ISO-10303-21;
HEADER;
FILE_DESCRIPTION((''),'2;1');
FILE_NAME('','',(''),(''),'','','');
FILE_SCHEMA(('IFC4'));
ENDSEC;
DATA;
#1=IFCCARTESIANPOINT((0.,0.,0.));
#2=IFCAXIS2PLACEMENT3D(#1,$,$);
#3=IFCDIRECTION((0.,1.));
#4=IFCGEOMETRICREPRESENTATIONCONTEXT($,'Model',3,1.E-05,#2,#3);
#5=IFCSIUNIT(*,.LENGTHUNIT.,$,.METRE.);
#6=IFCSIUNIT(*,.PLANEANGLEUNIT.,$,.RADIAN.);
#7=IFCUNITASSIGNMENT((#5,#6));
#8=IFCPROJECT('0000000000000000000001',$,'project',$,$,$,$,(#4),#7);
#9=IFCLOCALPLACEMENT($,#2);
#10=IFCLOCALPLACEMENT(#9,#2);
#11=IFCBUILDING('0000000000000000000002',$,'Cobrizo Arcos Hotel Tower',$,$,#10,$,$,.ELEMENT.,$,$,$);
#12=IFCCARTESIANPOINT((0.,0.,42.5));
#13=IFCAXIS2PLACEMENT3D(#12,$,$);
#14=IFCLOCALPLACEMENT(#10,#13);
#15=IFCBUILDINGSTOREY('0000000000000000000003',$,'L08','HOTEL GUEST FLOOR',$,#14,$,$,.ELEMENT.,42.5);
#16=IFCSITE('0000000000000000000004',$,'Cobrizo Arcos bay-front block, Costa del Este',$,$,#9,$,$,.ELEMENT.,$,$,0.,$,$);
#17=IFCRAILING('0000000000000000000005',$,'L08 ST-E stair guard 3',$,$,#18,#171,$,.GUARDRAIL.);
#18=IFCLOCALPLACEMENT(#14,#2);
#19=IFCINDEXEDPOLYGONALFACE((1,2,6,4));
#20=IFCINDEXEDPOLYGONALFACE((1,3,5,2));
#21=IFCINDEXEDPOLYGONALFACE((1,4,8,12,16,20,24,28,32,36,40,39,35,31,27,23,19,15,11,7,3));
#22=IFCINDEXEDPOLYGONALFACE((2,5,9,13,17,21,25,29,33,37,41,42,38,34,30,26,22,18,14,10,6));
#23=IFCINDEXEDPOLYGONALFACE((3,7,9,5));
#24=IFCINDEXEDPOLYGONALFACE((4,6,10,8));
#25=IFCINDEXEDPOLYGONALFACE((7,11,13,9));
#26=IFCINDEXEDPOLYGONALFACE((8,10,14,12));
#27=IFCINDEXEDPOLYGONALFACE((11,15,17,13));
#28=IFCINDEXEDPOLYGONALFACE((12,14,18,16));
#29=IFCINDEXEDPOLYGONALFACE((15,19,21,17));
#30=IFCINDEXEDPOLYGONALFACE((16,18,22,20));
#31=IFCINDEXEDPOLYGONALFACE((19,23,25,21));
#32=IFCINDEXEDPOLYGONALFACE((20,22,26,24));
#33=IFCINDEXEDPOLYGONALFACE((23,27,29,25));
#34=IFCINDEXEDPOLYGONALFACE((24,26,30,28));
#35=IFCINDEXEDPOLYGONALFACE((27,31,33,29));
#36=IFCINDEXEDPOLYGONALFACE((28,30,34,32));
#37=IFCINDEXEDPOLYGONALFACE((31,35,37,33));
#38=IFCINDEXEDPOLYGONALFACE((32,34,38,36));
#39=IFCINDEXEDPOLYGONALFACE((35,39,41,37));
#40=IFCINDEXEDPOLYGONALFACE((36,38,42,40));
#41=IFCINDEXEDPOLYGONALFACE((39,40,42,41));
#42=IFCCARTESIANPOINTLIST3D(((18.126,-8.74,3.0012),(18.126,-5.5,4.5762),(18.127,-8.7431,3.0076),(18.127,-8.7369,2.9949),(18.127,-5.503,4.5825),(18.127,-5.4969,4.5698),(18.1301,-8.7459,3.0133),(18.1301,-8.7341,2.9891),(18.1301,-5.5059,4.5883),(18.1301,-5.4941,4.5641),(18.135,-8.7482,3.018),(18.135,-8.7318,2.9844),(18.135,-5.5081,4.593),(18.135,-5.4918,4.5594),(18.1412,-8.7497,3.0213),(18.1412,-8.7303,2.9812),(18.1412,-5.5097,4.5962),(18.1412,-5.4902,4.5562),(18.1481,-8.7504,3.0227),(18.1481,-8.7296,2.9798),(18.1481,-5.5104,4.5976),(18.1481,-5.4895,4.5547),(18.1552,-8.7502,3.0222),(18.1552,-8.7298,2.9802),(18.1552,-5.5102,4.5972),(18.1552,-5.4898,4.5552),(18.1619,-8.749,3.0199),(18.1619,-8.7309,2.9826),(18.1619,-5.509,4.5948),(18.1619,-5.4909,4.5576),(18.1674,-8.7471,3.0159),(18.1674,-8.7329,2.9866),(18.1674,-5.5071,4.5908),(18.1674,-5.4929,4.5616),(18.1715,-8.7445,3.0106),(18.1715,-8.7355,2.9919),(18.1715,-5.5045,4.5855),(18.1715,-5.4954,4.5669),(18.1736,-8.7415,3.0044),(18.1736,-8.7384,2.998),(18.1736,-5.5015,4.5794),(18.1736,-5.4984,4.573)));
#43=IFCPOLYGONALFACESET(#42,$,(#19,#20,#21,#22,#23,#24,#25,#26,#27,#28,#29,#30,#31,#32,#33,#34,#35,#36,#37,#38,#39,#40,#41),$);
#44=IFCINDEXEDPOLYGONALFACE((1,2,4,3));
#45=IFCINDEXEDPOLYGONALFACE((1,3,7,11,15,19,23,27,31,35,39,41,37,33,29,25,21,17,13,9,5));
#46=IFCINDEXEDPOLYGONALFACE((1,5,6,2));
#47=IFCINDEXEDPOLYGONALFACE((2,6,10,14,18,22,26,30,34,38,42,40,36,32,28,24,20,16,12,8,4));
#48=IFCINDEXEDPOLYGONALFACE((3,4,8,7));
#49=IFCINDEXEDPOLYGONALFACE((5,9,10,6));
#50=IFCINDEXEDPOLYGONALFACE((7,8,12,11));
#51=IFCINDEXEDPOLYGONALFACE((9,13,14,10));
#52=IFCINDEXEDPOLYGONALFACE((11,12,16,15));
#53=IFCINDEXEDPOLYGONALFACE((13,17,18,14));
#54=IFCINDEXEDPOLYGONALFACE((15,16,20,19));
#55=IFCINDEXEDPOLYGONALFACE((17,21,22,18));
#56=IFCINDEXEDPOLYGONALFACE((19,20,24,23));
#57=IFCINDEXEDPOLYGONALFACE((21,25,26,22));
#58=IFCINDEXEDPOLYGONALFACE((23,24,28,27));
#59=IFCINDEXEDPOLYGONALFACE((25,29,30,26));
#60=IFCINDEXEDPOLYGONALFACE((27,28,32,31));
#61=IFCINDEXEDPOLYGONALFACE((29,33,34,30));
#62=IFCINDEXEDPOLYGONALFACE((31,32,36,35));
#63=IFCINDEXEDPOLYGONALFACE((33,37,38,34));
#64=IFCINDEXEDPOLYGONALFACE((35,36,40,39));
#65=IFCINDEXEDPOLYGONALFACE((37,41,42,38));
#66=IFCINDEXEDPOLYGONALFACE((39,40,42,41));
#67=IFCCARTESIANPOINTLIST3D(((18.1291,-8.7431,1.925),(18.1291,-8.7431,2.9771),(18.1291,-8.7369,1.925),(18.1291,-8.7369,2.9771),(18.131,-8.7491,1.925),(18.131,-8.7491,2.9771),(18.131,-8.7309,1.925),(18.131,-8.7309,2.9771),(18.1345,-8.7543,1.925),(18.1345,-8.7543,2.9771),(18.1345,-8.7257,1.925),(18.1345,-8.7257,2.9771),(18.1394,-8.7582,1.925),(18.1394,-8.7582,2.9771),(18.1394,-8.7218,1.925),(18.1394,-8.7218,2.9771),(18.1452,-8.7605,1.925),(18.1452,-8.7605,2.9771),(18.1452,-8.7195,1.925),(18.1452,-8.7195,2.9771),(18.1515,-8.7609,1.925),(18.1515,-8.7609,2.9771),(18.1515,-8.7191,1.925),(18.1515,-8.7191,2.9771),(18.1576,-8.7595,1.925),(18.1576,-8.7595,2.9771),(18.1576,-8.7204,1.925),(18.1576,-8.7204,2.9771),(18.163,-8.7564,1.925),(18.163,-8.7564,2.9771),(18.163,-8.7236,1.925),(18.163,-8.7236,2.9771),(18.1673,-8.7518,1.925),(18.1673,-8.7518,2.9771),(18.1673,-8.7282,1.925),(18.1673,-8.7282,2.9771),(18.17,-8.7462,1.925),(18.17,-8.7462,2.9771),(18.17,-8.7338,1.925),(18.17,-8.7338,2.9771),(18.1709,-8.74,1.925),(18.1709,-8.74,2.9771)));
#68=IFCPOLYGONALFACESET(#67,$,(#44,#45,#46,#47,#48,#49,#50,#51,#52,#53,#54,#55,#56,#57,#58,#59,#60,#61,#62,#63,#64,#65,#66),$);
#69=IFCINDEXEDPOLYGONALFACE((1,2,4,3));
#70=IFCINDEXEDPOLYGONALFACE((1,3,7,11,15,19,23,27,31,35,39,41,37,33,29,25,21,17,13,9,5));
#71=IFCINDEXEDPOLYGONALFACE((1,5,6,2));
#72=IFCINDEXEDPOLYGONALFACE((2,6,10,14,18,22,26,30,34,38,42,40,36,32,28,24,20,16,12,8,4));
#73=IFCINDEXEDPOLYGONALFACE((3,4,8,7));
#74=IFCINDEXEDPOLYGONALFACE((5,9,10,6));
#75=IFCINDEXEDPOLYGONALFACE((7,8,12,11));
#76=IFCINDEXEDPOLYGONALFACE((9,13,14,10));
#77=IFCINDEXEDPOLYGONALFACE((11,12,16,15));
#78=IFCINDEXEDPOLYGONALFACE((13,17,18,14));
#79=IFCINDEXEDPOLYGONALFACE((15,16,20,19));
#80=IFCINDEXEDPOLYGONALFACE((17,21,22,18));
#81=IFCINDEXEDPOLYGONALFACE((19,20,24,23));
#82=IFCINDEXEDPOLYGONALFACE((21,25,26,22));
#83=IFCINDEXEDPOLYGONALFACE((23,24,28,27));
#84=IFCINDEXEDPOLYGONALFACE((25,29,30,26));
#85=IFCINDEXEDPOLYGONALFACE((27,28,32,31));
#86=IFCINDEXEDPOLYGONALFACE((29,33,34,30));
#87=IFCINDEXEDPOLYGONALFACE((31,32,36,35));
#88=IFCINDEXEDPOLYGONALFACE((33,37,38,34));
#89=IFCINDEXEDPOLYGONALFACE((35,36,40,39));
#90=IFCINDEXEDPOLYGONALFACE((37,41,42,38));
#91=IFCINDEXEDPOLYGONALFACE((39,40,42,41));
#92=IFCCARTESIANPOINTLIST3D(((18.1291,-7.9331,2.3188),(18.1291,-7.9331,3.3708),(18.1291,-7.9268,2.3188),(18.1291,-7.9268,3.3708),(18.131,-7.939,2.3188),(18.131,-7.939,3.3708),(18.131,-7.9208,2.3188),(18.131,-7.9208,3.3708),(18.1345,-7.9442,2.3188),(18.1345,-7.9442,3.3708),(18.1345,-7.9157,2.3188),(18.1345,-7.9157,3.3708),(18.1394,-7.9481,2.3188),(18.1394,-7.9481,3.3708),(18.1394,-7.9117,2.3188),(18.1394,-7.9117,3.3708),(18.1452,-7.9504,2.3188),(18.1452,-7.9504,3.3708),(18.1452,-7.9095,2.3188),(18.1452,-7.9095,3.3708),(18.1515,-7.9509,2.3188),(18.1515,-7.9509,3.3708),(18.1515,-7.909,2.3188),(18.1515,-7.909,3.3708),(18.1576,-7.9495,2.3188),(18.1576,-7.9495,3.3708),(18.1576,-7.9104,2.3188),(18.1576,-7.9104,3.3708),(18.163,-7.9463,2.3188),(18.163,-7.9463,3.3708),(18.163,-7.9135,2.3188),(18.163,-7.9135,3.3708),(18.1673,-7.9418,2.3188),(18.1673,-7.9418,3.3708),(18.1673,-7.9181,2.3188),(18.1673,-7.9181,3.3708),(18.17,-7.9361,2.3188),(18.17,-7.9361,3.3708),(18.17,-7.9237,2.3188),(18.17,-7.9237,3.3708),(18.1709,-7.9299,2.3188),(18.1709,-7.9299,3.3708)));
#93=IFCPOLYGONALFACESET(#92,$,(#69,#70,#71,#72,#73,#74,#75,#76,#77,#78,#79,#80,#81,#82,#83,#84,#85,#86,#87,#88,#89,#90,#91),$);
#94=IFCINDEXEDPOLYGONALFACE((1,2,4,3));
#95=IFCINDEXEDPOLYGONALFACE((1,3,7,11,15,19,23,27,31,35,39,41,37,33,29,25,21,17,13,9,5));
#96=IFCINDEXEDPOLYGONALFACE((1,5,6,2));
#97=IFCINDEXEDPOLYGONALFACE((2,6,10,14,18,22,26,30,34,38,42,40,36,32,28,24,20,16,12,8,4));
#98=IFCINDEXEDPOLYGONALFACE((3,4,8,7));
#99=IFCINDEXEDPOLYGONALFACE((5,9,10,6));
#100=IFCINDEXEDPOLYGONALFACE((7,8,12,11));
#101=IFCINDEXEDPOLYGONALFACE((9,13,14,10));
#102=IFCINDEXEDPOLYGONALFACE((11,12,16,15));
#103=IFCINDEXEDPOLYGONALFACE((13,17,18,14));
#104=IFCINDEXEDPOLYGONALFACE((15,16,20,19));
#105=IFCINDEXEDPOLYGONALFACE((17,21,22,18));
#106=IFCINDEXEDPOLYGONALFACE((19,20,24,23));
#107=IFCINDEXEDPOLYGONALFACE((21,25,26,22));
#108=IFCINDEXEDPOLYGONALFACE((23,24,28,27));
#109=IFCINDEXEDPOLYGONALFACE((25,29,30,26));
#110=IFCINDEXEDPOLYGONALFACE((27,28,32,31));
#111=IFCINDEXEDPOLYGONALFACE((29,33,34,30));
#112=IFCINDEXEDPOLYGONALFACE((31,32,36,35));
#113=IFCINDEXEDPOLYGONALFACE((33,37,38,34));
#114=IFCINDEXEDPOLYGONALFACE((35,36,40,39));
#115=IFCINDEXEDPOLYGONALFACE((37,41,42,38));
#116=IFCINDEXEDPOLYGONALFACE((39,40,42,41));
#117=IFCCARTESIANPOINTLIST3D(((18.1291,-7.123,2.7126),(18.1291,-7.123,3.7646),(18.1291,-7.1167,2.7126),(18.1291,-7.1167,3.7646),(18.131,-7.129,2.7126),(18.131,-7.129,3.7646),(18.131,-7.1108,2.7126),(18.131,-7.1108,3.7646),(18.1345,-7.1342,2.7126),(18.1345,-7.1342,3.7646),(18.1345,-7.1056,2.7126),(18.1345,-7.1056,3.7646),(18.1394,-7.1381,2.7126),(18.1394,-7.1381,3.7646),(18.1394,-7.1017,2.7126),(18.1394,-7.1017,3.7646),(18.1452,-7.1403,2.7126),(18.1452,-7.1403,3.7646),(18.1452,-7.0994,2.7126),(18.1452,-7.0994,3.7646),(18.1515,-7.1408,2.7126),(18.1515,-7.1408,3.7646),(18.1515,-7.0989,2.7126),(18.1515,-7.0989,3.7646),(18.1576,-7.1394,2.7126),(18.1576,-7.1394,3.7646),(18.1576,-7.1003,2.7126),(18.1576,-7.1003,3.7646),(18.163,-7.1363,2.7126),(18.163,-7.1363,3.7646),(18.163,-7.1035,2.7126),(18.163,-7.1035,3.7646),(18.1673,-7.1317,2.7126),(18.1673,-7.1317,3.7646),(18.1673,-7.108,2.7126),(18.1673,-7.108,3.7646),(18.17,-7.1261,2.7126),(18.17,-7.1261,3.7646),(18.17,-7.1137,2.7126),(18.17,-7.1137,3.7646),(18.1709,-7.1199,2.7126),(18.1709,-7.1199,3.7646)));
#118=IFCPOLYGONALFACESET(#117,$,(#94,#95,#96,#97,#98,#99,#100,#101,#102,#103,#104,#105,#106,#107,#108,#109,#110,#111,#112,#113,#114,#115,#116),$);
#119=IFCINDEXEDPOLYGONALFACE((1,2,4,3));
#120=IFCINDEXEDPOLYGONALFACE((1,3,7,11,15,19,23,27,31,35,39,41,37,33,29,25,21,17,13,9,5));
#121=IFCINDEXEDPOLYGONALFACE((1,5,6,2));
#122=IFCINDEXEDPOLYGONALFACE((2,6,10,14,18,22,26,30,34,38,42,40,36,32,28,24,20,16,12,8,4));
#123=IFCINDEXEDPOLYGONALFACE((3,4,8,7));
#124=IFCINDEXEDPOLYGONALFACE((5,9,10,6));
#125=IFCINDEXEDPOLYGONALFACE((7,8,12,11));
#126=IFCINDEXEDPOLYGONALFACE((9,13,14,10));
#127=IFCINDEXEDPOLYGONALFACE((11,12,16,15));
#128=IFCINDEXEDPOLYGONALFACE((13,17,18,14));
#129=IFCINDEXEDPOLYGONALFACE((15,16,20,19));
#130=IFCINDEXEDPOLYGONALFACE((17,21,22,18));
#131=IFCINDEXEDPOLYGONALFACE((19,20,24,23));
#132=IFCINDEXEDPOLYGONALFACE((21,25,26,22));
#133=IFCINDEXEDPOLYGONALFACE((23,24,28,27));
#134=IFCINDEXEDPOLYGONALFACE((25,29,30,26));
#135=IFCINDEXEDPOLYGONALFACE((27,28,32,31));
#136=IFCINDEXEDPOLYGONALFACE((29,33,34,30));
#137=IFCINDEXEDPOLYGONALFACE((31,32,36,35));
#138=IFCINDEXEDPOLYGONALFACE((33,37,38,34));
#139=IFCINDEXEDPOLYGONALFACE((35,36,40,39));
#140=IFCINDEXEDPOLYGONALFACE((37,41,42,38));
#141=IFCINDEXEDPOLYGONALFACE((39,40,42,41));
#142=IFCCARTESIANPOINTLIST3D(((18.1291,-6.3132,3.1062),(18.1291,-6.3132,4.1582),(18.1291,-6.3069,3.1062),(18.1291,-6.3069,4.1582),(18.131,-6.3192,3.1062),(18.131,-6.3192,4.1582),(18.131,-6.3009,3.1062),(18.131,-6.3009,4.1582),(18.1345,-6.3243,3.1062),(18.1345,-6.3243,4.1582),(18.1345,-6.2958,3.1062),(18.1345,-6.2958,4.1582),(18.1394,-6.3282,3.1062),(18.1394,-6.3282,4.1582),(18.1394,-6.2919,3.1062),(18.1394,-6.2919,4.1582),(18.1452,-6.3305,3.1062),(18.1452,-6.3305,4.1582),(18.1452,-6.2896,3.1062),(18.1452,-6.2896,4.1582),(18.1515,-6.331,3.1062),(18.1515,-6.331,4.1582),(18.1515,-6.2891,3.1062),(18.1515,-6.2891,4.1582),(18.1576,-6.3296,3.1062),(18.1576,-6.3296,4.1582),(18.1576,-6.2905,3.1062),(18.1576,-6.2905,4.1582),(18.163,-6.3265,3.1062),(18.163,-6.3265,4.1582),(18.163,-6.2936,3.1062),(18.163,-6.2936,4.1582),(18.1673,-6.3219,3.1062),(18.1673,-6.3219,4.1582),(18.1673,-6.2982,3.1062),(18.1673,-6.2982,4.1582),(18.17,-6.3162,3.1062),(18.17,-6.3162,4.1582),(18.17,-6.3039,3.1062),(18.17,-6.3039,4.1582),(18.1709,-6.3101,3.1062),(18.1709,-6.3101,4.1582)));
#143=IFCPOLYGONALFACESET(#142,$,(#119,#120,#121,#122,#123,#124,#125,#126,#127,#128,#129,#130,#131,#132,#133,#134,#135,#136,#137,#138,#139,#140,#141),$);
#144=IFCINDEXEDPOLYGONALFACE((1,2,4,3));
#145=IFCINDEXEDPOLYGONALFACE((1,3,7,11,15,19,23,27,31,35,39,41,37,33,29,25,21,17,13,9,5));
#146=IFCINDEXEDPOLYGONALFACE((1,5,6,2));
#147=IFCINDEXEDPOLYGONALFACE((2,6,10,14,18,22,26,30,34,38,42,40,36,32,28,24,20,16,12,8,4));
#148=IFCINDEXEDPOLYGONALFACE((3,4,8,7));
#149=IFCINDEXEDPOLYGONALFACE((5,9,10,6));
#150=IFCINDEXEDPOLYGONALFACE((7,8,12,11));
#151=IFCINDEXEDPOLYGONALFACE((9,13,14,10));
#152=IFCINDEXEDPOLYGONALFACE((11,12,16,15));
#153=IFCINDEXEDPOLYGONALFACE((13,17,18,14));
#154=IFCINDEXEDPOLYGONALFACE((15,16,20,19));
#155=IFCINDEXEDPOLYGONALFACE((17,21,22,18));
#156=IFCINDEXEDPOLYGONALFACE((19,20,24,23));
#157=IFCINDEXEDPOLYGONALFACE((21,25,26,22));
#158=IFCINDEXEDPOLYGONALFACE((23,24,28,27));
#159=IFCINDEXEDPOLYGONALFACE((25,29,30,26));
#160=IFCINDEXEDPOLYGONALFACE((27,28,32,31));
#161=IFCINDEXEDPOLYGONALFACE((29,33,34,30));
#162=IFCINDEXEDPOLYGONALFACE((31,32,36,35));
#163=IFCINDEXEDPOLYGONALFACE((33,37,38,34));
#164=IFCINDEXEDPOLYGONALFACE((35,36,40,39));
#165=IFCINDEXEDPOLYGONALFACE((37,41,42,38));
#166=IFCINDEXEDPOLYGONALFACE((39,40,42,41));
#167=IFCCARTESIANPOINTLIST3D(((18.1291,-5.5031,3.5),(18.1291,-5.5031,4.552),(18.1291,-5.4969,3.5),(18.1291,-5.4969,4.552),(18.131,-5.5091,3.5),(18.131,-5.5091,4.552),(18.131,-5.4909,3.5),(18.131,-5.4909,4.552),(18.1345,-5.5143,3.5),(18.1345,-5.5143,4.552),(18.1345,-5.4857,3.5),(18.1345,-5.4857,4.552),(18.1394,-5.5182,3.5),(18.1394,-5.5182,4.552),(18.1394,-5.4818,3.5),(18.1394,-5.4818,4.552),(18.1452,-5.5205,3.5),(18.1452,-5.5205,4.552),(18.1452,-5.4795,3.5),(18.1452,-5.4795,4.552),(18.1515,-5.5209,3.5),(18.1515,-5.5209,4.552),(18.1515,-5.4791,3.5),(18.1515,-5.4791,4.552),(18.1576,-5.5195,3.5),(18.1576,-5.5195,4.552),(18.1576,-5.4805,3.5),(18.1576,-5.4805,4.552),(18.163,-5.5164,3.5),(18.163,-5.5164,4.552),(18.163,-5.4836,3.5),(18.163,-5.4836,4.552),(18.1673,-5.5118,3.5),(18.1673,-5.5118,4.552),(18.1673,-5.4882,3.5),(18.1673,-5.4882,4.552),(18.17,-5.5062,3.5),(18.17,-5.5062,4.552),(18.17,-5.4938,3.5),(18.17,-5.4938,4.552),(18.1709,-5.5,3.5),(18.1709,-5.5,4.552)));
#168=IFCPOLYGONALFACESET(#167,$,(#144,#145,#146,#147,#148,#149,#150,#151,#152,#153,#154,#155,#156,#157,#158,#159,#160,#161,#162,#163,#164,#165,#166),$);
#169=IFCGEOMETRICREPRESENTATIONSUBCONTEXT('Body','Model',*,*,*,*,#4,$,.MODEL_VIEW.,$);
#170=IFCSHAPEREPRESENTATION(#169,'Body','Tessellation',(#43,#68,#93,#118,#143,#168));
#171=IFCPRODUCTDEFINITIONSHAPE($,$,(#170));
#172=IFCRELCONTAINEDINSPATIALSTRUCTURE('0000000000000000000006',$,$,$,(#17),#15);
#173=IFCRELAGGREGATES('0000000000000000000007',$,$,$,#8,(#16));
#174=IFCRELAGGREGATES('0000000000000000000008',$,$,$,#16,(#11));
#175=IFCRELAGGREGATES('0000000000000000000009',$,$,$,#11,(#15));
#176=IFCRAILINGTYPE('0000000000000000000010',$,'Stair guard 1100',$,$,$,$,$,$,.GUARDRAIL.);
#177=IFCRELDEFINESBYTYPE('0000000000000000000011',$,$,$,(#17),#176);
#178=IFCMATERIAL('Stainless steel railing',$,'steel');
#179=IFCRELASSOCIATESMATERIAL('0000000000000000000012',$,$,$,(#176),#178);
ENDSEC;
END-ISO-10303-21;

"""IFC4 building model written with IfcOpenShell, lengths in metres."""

from ifc_helpers import new_model, si_unit, direction, frame, origin, origin_2d, place, context, subcontext, project, spatial, circle, extrude, material, type_object, element, save


model = new_model("IFC4")

# Units and contexts
model_context = context("Model", 3, precision=1e-05, world=origin(), true_north=direction((0.0, 1.0)))
body_context = subcontext(model_context, "Body", "Model", "MODEL_VIEW")
ifc_project = project(units=[si_unit("LENGTHUNIT", "METRE"), si_unit("PLANEANGLEUNIT", "RADIAN")], contexts=[model_context])

# Site, building, storey
site_placement = place(None, origin())
site = spatial("IfcSite", under=ifc_project, at=site_placement, Name="Cobrizo Arcos bay-front block, Costa del Este", CompositionType="ELEMENT", RefElevation=0.0)
building_placement = place(site_placement, origin())
building = spatial("IfcBuilding", under=site, at=building_placement, Name="Cobrizo Arcos Hotel Tower", CompositionType="ELEMENT")
storey_placement = place(building_placement, frame((0.0, 0.0, 42.5)))
storey = spatial("IfcBuildingStorey", under=building, at=storey_placement, Name="L08", Description="HOTEL GUEST FLOOR", CompositionType="ELEMENT", Elevation=42.5)

# Railing
ifc_material_1 = material(Name="Stainless steel railing", Category="steel")
railing_type_1 = type_object("IfcRailingType", Name="Stair guard 1100", PredefinedType="GUARDRAIL", material=ifc_material_1)
railing_1_placement = place(storey_placement, frame((18.1499, -8.74, 1.925)))
element("IfcRailing", 1, at=railing_1_placement, inside=storey, type_object=railing_type_1, Name="L08 ST-E stair guard 3", PredefinedType="GUARDRAIL", context=body_context, shape_type="SweptSolid", body=[
    extrude(circle(Radius=0.0239, at=origin_2d()), frame((0.0, 0.0, 1.0762), z_axis=(0.0, 0.899373, 0.437183), x_axis=(-1.0, 0.0, 0.0)), (0.0, 0.0, 1.0), 3.6025),
    extrude(circle(Radius=0.021, at=origin_2d()), origin(), (0.0, 0.0, 1.0), 1.052),
    extrude(circle(Radius=0.021, at=origin_2d()), frame((0.0, 0.8101, 0.3938)), (0.0, 0.0, 1.0), 1.052),
    extrude(circle(Radius=0.021, at=origin_2d()), frame((0.0, 1.6201, 0.7876)), (0.0, 0.0, 1.0), 1.052),
    extrude(circle(Radius=0.021, at=origin_2d()), frame((0.0, 2.4299, 1.1812)), (0.0, 0.0, 1.0), 1.052),
    extrude(circle(Radius=0.021, at=origin_2d()), frame((0.0, 3.24, 1.575)), (0.0, 0.0, 1.0), 1.052),
])

save(model, "model.ifc")
